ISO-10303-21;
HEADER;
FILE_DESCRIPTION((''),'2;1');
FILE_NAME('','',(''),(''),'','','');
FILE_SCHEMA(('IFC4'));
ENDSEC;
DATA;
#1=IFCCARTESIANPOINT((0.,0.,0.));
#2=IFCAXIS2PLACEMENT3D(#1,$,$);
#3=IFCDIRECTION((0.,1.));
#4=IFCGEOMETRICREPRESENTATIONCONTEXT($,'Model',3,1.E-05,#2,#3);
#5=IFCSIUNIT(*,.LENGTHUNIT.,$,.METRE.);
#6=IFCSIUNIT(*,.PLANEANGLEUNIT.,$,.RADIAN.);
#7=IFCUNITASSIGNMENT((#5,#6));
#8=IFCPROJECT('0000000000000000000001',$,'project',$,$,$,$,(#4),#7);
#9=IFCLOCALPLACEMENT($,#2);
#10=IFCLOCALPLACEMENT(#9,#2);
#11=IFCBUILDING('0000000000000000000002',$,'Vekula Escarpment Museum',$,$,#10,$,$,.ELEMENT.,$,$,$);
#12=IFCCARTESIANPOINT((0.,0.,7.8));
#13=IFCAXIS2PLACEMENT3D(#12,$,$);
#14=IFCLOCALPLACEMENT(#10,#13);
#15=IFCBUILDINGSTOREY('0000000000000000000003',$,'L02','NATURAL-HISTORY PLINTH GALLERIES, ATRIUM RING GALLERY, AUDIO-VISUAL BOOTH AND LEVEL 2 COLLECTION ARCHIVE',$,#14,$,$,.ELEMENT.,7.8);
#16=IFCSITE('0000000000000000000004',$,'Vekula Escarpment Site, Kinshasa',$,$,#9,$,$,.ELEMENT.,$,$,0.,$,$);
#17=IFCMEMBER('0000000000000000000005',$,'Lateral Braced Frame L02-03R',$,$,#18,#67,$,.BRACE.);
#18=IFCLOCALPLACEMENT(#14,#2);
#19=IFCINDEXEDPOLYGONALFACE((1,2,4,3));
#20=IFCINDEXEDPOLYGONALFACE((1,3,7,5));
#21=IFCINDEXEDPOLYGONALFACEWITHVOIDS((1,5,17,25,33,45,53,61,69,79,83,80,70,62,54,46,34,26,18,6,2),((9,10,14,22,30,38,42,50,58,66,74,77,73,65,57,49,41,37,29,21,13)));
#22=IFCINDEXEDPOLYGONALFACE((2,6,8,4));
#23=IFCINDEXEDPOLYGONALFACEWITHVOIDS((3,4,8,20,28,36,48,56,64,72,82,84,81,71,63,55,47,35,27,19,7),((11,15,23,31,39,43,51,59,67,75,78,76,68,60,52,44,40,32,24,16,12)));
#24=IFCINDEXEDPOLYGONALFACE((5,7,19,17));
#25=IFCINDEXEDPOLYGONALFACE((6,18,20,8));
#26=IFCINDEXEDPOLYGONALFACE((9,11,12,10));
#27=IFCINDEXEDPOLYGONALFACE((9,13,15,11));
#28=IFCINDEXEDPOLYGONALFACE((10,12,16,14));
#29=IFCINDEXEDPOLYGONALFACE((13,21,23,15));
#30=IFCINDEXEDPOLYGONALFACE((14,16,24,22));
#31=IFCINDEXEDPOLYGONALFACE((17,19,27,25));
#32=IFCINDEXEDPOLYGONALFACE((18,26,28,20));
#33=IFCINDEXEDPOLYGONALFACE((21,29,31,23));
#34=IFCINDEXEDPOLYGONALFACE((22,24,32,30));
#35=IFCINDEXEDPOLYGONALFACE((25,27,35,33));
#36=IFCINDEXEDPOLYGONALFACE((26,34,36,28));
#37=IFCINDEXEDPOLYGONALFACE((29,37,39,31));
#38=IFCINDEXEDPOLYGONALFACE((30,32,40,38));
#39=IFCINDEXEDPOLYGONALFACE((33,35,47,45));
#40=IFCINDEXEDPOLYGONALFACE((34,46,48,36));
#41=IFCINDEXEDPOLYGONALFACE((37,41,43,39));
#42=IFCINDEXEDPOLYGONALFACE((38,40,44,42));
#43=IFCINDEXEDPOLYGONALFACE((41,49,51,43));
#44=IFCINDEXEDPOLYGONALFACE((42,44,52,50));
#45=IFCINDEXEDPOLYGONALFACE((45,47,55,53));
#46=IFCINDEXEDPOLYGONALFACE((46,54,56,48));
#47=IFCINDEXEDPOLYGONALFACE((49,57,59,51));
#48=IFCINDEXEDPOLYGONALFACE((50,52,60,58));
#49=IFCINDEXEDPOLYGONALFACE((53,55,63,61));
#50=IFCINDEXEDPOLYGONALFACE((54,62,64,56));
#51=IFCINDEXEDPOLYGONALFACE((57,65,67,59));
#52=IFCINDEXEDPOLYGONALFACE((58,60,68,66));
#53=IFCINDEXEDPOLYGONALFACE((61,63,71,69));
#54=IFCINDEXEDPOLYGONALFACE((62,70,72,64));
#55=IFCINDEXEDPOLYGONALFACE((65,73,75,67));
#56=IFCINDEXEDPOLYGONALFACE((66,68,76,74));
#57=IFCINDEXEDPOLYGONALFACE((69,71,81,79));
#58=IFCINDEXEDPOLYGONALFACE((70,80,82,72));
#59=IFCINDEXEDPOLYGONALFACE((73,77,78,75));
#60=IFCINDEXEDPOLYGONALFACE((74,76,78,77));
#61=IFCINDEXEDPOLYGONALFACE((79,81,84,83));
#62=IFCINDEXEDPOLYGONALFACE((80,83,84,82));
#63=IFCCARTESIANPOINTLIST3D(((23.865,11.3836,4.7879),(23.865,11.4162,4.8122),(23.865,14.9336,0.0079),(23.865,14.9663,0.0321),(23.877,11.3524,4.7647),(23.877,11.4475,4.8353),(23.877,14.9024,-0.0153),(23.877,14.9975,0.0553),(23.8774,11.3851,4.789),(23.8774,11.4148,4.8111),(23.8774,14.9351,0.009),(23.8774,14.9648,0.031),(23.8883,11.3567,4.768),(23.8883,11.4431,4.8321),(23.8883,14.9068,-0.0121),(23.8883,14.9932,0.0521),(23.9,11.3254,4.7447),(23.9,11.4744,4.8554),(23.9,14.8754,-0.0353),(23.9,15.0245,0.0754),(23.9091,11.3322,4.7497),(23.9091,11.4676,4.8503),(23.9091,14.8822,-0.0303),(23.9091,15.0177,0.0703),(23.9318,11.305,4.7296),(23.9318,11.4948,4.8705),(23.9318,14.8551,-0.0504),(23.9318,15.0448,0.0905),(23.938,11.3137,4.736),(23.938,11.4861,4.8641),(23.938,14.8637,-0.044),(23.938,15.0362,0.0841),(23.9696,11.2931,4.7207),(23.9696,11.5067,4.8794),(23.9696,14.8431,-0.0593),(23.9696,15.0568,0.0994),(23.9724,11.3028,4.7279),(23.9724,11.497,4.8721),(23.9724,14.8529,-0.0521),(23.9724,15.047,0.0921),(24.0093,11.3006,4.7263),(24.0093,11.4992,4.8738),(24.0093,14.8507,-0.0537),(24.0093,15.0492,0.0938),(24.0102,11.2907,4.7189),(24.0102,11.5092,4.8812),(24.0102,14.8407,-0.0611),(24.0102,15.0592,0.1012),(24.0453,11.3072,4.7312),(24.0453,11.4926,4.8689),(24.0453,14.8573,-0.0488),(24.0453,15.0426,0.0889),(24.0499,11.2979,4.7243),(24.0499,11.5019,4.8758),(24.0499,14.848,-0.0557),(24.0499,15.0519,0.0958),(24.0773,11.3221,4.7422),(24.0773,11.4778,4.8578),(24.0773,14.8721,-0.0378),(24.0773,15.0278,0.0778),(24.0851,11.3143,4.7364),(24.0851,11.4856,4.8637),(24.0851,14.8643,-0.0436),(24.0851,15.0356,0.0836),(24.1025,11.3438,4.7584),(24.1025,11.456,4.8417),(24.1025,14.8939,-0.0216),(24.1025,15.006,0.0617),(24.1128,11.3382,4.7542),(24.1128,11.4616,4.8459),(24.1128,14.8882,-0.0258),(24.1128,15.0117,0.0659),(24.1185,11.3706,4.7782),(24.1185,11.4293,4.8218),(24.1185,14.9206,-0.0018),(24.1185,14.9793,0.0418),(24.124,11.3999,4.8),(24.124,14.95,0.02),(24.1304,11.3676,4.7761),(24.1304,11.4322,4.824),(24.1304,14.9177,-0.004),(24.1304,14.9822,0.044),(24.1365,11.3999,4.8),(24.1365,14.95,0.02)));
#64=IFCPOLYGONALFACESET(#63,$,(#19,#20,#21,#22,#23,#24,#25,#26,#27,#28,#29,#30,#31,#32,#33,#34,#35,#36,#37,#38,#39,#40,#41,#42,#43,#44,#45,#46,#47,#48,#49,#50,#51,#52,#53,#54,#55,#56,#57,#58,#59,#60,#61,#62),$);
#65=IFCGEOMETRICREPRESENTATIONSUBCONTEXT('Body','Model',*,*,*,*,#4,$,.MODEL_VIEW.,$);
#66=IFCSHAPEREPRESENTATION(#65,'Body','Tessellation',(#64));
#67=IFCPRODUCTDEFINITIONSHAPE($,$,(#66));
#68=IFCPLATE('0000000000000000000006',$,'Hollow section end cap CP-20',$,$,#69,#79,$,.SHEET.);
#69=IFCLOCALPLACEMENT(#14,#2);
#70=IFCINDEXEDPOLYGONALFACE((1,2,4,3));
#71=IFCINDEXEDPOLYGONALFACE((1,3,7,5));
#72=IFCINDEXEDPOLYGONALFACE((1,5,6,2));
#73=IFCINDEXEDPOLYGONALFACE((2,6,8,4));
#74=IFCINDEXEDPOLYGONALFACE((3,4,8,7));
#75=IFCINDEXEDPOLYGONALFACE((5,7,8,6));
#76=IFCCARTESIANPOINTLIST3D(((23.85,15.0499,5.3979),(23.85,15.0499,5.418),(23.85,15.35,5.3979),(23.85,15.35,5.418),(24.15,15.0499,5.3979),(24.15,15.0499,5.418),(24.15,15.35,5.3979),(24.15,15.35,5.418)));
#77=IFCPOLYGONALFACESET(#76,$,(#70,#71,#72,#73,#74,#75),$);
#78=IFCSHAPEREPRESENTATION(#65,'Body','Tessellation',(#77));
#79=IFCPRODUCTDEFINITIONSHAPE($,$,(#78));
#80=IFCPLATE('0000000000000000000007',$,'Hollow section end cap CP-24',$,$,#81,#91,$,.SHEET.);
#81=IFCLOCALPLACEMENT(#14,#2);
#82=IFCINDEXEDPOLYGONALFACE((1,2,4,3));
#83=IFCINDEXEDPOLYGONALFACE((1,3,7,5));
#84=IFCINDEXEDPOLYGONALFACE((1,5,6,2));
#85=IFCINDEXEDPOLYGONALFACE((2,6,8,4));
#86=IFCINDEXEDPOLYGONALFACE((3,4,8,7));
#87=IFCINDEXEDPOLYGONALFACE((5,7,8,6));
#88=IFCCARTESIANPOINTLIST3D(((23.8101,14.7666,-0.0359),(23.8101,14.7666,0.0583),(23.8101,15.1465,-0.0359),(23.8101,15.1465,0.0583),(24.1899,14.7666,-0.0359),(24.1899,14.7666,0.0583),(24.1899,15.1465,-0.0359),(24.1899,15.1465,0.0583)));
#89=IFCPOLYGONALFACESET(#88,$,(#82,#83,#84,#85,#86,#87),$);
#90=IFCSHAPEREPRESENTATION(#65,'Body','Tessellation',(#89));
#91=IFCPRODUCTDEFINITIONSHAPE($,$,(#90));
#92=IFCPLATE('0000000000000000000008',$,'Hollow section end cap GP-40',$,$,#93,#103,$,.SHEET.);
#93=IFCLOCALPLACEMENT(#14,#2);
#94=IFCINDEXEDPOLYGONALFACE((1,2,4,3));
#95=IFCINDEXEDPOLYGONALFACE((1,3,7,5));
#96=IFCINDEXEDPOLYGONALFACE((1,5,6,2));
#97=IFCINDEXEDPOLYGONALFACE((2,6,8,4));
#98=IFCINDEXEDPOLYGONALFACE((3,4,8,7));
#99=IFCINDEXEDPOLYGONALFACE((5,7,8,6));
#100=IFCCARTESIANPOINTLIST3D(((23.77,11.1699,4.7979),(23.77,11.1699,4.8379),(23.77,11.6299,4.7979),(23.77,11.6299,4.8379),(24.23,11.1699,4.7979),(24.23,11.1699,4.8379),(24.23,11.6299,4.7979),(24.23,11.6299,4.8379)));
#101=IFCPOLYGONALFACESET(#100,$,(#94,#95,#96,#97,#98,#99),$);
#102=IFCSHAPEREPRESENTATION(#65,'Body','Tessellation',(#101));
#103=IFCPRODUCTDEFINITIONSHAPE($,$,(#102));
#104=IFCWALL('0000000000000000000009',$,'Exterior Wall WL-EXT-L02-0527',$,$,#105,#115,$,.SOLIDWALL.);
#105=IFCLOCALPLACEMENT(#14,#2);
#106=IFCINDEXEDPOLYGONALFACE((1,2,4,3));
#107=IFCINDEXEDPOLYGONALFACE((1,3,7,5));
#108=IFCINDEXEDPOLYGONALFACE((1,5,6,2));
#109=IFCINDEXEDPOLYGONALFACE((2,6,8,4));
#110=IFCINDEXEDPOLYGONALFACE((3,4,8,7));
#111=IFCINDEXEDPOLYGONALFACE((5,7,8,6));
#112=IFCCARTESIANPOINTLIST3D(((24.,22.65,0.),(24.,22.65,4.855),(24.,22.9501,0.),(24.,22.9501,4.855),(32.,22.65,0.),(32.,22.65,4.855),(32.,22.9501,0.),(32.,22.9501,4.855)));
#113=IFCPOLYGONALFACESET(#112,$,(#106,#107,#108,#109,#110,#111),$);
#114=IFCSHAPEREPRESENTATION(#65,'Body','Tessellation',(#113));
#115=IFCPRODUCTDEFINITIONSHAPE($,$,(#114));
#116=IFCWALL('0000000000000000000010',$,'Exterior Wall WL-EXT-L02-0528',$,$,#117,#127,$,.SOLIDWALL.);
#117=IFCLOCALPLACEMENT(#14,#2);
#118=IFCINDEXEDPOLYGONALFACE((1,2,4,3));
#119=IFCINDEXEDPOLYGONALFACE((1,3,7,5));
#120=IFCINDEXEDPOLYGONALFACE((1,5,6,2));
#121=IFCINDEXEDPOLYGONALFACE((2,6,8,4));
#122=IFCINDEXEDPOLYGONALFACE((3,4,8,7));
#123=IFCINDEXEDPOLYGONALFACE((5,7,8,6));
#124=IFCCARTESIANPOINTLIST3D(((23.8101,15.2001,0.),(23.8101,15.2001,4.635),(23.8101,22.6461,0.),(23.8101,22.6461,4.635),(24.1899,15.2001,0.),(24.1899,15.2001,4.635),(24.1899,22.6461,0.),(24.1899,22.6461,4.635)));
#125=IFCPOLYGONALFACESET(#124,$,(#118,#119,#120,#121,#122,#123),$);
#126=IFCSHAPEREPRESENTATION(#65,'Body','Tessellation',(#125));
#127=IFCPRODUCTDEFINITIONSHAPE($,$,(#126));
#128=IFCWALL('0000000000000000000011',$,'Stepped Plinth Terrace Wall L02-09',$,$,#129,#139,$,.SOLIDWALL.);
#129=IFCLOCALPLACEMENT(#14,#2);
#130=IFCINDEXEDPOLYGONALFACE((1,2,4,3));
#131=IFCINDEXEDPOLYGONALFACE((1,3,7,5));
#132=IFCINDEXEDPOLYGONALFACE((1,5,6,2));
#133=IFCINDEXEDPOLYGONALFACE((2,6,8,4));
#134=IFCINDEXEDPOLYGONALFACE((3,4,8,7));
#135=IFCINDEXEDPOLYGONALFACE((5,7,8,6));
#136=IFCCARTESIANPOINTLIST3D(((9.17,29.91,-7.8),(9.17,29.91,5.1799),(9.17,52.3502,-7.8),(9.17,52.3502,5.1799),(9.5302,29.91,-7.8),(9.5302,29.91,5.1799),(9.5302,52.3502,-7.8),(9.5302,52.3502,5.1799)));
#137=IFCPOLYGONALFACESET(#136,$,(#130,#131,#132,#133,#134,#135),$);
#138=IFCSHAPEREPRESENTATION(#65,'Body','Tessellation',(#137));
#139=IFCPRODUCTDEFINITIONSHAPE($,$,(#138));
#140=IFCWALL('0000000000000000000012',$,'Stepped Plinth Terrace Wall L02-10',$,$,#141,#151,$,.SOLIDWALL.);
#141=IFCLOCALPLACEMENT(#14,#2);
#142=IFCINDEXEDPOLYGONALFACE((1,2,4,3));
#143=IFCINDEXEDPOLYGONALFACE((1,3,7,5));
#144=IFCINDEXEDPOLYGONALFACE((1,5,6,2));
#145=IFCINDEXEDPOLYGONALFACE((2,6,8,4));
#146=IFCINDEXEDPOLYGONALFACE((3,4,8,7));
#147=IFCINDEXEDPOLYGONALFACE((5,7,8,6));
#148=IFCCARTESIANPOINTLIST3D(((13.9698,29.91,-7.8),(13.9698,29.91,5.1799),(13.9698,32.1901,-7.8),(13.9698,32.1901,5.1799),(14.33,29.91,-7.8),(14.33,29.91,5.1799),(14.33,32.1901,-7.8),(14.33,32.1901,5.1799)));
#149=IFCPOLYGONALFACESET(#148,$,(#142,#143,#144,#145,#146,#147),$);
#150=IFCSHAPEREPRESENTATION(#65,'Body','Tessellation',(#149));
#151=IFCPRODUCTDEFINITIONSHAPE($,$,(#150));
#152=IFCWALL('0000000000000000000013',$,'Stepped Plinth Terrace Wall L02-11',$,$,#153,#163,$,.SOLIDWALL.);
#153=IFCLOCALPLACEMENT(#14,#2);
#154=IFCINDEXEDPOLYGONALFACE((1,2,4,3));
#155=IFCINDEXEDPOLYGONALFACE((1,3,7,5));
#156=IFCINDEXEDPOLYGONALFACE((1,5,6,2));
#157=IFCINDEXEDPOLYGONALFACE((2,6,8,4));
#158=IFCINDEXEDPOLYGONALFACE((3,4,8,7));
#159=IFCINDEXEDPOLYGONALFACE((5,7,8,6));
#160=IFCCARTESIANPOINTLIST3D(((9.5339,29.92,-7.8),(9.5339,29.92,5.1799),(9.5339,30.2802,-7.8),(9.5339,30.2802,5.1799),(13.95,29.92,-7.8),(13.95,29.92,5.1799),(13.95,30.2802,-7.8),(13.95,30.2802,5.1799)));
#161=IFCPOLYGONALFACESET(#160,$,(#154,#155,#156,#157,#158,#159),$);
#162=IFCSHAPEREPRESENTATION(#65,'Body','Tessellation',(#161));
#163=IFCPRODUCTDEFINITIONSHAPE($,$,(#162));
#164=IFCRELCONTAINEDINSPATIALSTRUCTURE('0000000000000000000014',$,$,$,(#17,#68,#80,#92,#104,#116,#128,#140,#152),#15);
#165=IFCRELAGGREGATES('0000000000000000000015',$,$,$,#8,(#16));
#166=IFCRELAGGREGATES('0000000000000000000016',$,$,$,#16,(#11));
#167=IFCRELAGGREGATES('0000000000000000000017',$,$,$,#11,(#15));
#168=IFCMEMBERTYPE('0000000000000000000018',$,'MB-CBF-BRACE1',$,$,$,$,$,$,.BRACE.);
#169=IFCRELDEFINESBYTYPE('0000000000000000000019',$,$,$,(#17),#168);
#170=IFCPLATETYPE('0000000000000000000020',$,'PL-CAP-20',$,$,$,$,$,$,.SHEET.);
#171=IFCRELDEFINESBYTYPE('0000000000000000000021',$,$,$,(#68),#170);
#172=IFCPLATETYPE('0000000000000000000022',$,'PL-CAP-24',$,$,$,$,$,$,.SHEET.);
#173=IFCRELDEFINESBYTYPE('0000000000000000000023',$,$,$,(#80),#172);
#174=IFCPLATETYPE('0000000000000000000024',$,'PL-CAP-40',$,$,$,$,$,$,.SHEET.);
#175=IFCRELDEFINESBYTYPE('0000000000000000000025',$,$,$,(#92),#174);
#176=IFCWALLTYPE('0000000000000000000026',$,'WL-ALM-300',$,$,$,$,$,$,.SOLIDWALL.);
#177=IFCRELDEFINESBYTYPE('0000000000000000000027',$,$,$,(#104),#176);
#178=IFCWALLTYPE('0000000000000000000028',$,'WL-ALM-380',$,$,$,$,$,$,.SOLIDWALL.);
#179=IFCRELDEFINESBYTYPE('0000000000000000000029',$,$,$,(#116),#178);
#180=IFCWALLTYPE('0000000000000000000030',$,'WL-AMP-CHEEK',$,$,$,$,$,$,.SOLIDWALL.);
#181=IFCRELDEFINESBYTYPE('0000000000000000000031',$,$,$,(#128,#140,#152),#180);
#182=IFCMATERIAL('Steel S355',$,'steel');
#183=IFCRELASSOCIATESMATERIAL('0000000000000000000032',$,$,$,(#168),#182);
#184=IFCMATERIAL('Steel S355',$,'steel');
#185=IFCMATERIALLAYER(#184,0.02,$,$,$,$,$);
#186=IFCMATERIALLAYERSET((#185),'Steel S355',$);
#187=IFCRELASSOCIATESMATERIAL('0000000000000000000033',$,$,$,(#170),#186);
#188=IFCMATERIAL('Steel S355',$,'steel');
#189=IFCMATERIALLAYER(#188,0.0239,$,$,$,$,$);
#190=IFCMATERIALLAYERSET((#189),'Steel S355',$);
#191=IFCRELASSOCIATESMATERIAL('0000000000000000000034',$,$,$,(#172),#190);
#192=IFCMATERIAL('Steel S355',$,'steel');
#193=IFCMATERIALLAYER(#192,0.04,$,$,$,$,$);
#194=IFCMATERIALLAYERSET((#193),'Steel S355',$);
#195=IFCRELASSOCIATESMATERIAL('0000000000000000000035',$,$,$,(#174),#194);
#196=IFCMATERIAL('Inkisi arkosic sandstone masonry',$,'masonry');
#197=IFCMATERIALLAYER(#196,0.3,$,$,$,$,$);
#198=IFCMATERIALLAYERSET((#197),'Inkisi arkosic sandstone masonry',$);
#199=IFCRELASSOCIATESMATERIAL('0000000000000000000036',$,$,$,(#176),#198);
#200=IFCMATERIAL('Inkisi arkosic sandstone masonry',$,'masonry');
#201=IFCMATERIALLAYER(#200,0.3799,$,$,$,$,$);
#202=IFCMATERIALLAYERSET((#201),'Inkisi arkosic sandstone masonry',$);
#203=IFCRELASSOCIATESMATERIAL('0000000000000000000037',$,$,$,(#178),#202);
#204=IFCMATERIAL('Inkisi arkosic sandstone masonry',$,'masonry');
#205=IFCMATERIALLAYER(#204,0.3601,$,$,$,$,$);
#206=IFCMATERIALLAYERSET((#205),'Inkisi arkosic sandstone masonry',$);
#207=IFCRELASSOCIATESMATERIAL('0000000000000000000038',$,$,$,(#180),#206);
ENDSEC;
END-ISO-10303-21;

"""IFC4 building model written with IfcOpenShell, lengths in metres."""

from ifc_helpers import new_model, si_unit, direction, frame, frame_2d, origin, origin_2d, place, context, subcontext, project, spatial, rectangle, hollow_circle, extrude, material, layer, layer_set, material_profile, profile_set, type_object, element, save


model = new_model("IFC4")

# Units and contexts
model_context = context("Model", 3, precision=1e-05, world=origin(), true_north=direction((0.0, 1.0)))
body_context = subcontext(model_context, "Body", "Model", "MODEL_VIEW")
ifc_project = project(units=[si_unit("LENGTHUNIT", "METRE"), si_unit("PLANEANGLEUNIT", "RADIAN")], contexts=[model_context])

# Site, building, storey
site_placement = place(None, origin())
site = spatial("IfcSite", under=ifc_project, at=site_placement, Name="Vekula Escarpment Site, Kinshasa", CompositionType="ELEMENT", RefElevation=0.0)
building_placement = place(site_placement, origin())
building = spatial("IfcBuilding", under=site, at=building_placement, Name="Vekula Escarpment Museum", CompositionType="ELEMENT")
storey_placement = place(building_placement, frame((0.0, 0.0, 7.8)))
storey = spatial("IfcBuildingStorey", under=building, at=storey_placement, Name="L02", Description="NATURAL-HISTORY PLINTH GALLERIES, ATRIUM RING GALLERY, AUDIO-VISUAL BOOTH AND LEVEL 2 COLLECTION ARCHIVE", CompositionType="ELEMENT", Elevation=7.8)

# Member
ifc_material_1 = material(Name="Steel S355", Category="steel")
ifc_material_profile_1 = material_profile(ifc_material_1, hollow_circle(Radius=0.1365, WallThickness=0.0125, at=origin_2d()), Name="CHS 273x12.5")
ifc_profile_set_1 = profile_set([ifc_material_profile_1], Name="Steel S355")
member_type = type_object("IfcMemberType", Name="MB-CBF-BRACE1", PredefinedType="BRACE", material=ifc_profile_set_1)
member_1_placement = place(storey_placement, frame((24.0, 14.95, 0.02), z_axis=(0.0, -0.596234, 0.802811), x_axis=(1.0, 0.0, 0.0)))
element("IfcMember", 1, at=member_1_placement, inside=storey, type_object=member_type, Name="Lateral Braced Frame L02-03R", PredefinedType="BRACE", context=body_context, shape_type="SweptSolid", body=[
    extrude(hollow_circle(Radius=0.1365, WallThickness=0.0125, at=origin_2d()), origin(), (0.0, 0.0, 1.0), 5.9541),
])

# Plates
ifc_material_2 = material(Name="Steel S355", Category="steel")
ifc_layer_1 = layer(ifc_material_2, 0.02)
ifc_layer_set_1 = layer_set([ifc_layer_1], Name="Steel S355")
plate_type_1 = type_object("IfcPlateType", Name="PL-CAP-20", PredefinedType="SHEET", material=ifc_layer_set_1)
plate_1_placement = place(storey_placement, frame((24.0, 15.2, 5.3979), z_axis=(0.0, 0.0, 1.0), x_axis=(1.0, 0.0, 0.0)))
element("IfcPlate", 2, at=plate_1_placement, inside=storey, type_object=plate_type_1, Name="Hollow section end cap CP-20", PredefinedType="SHEET", context=body_context, shape_type="SweptSolid", body=[
    extrude(rectangle(XDim=0.3, YDim=0.3, at=origin_2d()), origin(), (0.0, 0.0, 1.0), 0.02),
])
ifc_material_3 = material(Name="Steel S355", Category="steel")
ifc_layer_2 = layer(ifc_material_3, 0.0239)
ifc_layer_set_2 = layer_set([ifc_layer_2], Name="Steel S355")
plate_type_2 = type_object("IfcPlateType", Name="PL-CAP-24", PredefinedType="SHEET", material=ifc_layer_set_2)
plate_2_placement = place(storey_placement, frame((24.0, 14.9565, -0.0359), z_axis=(0.0, 0.0, 1.0), x_axis=(1.0, 0.0, 0.0)))
element("IfcPlate", 3, at=plate_2_placement, inside=storey, type_object=plate_type_2, Name="Hollow section end cap CP-24", PredefinedType="SHEET", context=body_context, shape_type="SweptSolid", body=[
    extrude(rectangle(XDim=0.3799, YDim=0.3799, at=origin_2d()), origin(), (0.0, 0.0, 1.0), 0.0942),
])
ifc_material_4 = material(Name="Steel S355", Category="steel")
ifc_layer_3 = layer(ifc_material_4, 0.04)
ifc_layer_set_3 = layer_set([ifc_layer_3], Name="Steel S355")
plate_type_3 = type_object("IfcPlateType", Name="PL-CAP-40", PredefinedType="SHEET", material=ifc_layer_set_3)
plate_3_placement = place(storey_placement, frame((24.0, 11.3999, 4.7979), z_axis=(0.0, 0.0, 1.0), x_axis=(1.0, 0.0, 0.0)))
element("IfcPlate", 4, at=plate_3_placement, inside=storey, type_object=plate_type_3, Name="Hollow section end cap GP-40", PredefinedType="SHEET", context=body_context, shape_type="SweptSolid", body=[
    extrude(rectangle(XDim=0.46, YDim=0.46, at=origin_2d()), origin(), (0.0, 0.0, 1.0), 0.04),
])

# Walls
ifc_material_5 = material(Name="Inkisi arkosic sandstone masonry", Category="masonry")
ifc_layer_4 = layer(ifc_material_5, 0.3)
ifc_layer_set_4 = layer_set([ifc_layer_4], Name="Inkisi arkosic sandstone masonry")
wall_type_1 = type_object("IfcWallType", Name="WL-ALM-300", PredefinedType="SOLIDWALL", material=ifc_layer_set_4)
wall_1_placement = place(storey_placement, frame((24.0, 22.8, 0.0), z_axis=(0.0, 0.0, 1.0), x_axis=(1.0, 0.0, 0.0)))
element("IfcWall", 5, at=wall_1_placement, inside=storey, type_object=wall_type_1, Name="Exterior Wall WL-EXT-L02-0527", PredefinedType="SOLIDWALL", context=body_context, shape_type="SweptSolid", body=[
    extrude(rectangle(XDim=8.0, YDim=0.3, at=frame_2d((4.0, 0.0))), origin(), (0.0, 0.0, 1.0), 4.855),
])
ifc_material_6 = material(Name="Inkisi arkosic sandstone masonry", Category="masonry")
ifc_layer_5 = layer(ifc_material_6, 0.3799)
ifc_layer_set_5 = layer_set([ifc_layer_5], Name="Inkisi arkosic sandstone masonry")
wall_type_2 = type_object("IfcWallType", Name="WL-ALM-380", PredefinedType="SOLIDWALL", material=ifc_layer_set_5)
wall_2_placement = place(storey_placement, frame((24.0, 15.2, 0.0), z_axis=(0.0, 0.0, 1.0), x_axis=(0.0, 1.0, 0.0)))
element("IfcWall", 6, at=wall_2_placement, inside=storey, type_object=wall_type_2, Name="Exterior Wall WL-EXT-L02-0528", PredefinedType="SOLIDWALL", context=body_context, shape_type="SweptSolid", body=[
    extrude(rectangle(XDim=7.446, YDim=0.3799, at=frame_2d((3.7231, 0.0))), origin(), (0.0, 0.0, 1.0), 4.635),
])
ifc_material_7 = material(Name="Inkisi arkosic sandstone masonry", Category="masonry")
ifc_layer_6 = layer(ifc_material_7, 0.3601)
ifc_layer_set_6 = layer_set([ifc_layer_6], Name="Inkisi arkosic sandstone masonry")
wall_type_3 = type_object("IfcWallType", Name="WL-AMP-CHEEK", PredefinedType="SOLIDWALL", material=ifc_layer_set_6)
wall_3_placement = place(storey_placement, frame((9.3501, 29.9099, -7.8), z_axis=(0.0, 0.0, 1.0), x_axis=(0.0, 1.0, 0.0)))
element("IfcWall", 7, at=wall_3_placement, inside=storey, type_object=wall_type_3, Name="Stepped Plinth Terrace Wall L02-09", PredefinedType="SOLIDWALL", context=body_context, shape_type="SweptSolid", body=[
    extrude(rectangle(XDim=22.4402, YDim=0.3601, at=frame_2d((11.2202, 0.0))), origin(), (0.0, 0.0, 1.0), 12.98),
])
wall_4_placement = place(storey_placement, frame((14.1499, 29.9099, -7.8), z_axis=(0.0, 0.0, 1.0), x_axis=(0.0, 1.0, 0.0)))
element("IfcWall", 8, at=wall_4_placement, inside=storey, type_object=wall_type_3, Name="Stepped Plinth Terrace Wall L02-10", PredefinedType="SOLIDWALL", context=body_context, shape_type="SweptSolid", body=[
    extrude(rectangle(XDim=2.28, YDim=0.3601, at=frame_2d((1.1401, 0.0))), origin(), (0.0, 0.0, 1.0), 12.98),
])
wall_5_placement = place(storey_placement, frame((9.5339, 30.1001, -7.8), z_axis=(0.0, 0.0, 1.0), x_axis=(1.0, 0.0, 0.0)))
element("IfcWall", 9, at=wall_5_placement, inside=storey, type_object=wall_type_3, Name="Stepped Plinth Terrace Wall L02-11", PredefinedType="SOLIDWALL", context=body_context, shape_type="SweptSolid", body=[
    extrude(rectangle(XDim=4.416, YDim=0.3601, at=frame_2d((2.208, 0.0))), origin(), (0.0, 0.0, 1.0), 12.98),
])

save(model, "model.ifc")
